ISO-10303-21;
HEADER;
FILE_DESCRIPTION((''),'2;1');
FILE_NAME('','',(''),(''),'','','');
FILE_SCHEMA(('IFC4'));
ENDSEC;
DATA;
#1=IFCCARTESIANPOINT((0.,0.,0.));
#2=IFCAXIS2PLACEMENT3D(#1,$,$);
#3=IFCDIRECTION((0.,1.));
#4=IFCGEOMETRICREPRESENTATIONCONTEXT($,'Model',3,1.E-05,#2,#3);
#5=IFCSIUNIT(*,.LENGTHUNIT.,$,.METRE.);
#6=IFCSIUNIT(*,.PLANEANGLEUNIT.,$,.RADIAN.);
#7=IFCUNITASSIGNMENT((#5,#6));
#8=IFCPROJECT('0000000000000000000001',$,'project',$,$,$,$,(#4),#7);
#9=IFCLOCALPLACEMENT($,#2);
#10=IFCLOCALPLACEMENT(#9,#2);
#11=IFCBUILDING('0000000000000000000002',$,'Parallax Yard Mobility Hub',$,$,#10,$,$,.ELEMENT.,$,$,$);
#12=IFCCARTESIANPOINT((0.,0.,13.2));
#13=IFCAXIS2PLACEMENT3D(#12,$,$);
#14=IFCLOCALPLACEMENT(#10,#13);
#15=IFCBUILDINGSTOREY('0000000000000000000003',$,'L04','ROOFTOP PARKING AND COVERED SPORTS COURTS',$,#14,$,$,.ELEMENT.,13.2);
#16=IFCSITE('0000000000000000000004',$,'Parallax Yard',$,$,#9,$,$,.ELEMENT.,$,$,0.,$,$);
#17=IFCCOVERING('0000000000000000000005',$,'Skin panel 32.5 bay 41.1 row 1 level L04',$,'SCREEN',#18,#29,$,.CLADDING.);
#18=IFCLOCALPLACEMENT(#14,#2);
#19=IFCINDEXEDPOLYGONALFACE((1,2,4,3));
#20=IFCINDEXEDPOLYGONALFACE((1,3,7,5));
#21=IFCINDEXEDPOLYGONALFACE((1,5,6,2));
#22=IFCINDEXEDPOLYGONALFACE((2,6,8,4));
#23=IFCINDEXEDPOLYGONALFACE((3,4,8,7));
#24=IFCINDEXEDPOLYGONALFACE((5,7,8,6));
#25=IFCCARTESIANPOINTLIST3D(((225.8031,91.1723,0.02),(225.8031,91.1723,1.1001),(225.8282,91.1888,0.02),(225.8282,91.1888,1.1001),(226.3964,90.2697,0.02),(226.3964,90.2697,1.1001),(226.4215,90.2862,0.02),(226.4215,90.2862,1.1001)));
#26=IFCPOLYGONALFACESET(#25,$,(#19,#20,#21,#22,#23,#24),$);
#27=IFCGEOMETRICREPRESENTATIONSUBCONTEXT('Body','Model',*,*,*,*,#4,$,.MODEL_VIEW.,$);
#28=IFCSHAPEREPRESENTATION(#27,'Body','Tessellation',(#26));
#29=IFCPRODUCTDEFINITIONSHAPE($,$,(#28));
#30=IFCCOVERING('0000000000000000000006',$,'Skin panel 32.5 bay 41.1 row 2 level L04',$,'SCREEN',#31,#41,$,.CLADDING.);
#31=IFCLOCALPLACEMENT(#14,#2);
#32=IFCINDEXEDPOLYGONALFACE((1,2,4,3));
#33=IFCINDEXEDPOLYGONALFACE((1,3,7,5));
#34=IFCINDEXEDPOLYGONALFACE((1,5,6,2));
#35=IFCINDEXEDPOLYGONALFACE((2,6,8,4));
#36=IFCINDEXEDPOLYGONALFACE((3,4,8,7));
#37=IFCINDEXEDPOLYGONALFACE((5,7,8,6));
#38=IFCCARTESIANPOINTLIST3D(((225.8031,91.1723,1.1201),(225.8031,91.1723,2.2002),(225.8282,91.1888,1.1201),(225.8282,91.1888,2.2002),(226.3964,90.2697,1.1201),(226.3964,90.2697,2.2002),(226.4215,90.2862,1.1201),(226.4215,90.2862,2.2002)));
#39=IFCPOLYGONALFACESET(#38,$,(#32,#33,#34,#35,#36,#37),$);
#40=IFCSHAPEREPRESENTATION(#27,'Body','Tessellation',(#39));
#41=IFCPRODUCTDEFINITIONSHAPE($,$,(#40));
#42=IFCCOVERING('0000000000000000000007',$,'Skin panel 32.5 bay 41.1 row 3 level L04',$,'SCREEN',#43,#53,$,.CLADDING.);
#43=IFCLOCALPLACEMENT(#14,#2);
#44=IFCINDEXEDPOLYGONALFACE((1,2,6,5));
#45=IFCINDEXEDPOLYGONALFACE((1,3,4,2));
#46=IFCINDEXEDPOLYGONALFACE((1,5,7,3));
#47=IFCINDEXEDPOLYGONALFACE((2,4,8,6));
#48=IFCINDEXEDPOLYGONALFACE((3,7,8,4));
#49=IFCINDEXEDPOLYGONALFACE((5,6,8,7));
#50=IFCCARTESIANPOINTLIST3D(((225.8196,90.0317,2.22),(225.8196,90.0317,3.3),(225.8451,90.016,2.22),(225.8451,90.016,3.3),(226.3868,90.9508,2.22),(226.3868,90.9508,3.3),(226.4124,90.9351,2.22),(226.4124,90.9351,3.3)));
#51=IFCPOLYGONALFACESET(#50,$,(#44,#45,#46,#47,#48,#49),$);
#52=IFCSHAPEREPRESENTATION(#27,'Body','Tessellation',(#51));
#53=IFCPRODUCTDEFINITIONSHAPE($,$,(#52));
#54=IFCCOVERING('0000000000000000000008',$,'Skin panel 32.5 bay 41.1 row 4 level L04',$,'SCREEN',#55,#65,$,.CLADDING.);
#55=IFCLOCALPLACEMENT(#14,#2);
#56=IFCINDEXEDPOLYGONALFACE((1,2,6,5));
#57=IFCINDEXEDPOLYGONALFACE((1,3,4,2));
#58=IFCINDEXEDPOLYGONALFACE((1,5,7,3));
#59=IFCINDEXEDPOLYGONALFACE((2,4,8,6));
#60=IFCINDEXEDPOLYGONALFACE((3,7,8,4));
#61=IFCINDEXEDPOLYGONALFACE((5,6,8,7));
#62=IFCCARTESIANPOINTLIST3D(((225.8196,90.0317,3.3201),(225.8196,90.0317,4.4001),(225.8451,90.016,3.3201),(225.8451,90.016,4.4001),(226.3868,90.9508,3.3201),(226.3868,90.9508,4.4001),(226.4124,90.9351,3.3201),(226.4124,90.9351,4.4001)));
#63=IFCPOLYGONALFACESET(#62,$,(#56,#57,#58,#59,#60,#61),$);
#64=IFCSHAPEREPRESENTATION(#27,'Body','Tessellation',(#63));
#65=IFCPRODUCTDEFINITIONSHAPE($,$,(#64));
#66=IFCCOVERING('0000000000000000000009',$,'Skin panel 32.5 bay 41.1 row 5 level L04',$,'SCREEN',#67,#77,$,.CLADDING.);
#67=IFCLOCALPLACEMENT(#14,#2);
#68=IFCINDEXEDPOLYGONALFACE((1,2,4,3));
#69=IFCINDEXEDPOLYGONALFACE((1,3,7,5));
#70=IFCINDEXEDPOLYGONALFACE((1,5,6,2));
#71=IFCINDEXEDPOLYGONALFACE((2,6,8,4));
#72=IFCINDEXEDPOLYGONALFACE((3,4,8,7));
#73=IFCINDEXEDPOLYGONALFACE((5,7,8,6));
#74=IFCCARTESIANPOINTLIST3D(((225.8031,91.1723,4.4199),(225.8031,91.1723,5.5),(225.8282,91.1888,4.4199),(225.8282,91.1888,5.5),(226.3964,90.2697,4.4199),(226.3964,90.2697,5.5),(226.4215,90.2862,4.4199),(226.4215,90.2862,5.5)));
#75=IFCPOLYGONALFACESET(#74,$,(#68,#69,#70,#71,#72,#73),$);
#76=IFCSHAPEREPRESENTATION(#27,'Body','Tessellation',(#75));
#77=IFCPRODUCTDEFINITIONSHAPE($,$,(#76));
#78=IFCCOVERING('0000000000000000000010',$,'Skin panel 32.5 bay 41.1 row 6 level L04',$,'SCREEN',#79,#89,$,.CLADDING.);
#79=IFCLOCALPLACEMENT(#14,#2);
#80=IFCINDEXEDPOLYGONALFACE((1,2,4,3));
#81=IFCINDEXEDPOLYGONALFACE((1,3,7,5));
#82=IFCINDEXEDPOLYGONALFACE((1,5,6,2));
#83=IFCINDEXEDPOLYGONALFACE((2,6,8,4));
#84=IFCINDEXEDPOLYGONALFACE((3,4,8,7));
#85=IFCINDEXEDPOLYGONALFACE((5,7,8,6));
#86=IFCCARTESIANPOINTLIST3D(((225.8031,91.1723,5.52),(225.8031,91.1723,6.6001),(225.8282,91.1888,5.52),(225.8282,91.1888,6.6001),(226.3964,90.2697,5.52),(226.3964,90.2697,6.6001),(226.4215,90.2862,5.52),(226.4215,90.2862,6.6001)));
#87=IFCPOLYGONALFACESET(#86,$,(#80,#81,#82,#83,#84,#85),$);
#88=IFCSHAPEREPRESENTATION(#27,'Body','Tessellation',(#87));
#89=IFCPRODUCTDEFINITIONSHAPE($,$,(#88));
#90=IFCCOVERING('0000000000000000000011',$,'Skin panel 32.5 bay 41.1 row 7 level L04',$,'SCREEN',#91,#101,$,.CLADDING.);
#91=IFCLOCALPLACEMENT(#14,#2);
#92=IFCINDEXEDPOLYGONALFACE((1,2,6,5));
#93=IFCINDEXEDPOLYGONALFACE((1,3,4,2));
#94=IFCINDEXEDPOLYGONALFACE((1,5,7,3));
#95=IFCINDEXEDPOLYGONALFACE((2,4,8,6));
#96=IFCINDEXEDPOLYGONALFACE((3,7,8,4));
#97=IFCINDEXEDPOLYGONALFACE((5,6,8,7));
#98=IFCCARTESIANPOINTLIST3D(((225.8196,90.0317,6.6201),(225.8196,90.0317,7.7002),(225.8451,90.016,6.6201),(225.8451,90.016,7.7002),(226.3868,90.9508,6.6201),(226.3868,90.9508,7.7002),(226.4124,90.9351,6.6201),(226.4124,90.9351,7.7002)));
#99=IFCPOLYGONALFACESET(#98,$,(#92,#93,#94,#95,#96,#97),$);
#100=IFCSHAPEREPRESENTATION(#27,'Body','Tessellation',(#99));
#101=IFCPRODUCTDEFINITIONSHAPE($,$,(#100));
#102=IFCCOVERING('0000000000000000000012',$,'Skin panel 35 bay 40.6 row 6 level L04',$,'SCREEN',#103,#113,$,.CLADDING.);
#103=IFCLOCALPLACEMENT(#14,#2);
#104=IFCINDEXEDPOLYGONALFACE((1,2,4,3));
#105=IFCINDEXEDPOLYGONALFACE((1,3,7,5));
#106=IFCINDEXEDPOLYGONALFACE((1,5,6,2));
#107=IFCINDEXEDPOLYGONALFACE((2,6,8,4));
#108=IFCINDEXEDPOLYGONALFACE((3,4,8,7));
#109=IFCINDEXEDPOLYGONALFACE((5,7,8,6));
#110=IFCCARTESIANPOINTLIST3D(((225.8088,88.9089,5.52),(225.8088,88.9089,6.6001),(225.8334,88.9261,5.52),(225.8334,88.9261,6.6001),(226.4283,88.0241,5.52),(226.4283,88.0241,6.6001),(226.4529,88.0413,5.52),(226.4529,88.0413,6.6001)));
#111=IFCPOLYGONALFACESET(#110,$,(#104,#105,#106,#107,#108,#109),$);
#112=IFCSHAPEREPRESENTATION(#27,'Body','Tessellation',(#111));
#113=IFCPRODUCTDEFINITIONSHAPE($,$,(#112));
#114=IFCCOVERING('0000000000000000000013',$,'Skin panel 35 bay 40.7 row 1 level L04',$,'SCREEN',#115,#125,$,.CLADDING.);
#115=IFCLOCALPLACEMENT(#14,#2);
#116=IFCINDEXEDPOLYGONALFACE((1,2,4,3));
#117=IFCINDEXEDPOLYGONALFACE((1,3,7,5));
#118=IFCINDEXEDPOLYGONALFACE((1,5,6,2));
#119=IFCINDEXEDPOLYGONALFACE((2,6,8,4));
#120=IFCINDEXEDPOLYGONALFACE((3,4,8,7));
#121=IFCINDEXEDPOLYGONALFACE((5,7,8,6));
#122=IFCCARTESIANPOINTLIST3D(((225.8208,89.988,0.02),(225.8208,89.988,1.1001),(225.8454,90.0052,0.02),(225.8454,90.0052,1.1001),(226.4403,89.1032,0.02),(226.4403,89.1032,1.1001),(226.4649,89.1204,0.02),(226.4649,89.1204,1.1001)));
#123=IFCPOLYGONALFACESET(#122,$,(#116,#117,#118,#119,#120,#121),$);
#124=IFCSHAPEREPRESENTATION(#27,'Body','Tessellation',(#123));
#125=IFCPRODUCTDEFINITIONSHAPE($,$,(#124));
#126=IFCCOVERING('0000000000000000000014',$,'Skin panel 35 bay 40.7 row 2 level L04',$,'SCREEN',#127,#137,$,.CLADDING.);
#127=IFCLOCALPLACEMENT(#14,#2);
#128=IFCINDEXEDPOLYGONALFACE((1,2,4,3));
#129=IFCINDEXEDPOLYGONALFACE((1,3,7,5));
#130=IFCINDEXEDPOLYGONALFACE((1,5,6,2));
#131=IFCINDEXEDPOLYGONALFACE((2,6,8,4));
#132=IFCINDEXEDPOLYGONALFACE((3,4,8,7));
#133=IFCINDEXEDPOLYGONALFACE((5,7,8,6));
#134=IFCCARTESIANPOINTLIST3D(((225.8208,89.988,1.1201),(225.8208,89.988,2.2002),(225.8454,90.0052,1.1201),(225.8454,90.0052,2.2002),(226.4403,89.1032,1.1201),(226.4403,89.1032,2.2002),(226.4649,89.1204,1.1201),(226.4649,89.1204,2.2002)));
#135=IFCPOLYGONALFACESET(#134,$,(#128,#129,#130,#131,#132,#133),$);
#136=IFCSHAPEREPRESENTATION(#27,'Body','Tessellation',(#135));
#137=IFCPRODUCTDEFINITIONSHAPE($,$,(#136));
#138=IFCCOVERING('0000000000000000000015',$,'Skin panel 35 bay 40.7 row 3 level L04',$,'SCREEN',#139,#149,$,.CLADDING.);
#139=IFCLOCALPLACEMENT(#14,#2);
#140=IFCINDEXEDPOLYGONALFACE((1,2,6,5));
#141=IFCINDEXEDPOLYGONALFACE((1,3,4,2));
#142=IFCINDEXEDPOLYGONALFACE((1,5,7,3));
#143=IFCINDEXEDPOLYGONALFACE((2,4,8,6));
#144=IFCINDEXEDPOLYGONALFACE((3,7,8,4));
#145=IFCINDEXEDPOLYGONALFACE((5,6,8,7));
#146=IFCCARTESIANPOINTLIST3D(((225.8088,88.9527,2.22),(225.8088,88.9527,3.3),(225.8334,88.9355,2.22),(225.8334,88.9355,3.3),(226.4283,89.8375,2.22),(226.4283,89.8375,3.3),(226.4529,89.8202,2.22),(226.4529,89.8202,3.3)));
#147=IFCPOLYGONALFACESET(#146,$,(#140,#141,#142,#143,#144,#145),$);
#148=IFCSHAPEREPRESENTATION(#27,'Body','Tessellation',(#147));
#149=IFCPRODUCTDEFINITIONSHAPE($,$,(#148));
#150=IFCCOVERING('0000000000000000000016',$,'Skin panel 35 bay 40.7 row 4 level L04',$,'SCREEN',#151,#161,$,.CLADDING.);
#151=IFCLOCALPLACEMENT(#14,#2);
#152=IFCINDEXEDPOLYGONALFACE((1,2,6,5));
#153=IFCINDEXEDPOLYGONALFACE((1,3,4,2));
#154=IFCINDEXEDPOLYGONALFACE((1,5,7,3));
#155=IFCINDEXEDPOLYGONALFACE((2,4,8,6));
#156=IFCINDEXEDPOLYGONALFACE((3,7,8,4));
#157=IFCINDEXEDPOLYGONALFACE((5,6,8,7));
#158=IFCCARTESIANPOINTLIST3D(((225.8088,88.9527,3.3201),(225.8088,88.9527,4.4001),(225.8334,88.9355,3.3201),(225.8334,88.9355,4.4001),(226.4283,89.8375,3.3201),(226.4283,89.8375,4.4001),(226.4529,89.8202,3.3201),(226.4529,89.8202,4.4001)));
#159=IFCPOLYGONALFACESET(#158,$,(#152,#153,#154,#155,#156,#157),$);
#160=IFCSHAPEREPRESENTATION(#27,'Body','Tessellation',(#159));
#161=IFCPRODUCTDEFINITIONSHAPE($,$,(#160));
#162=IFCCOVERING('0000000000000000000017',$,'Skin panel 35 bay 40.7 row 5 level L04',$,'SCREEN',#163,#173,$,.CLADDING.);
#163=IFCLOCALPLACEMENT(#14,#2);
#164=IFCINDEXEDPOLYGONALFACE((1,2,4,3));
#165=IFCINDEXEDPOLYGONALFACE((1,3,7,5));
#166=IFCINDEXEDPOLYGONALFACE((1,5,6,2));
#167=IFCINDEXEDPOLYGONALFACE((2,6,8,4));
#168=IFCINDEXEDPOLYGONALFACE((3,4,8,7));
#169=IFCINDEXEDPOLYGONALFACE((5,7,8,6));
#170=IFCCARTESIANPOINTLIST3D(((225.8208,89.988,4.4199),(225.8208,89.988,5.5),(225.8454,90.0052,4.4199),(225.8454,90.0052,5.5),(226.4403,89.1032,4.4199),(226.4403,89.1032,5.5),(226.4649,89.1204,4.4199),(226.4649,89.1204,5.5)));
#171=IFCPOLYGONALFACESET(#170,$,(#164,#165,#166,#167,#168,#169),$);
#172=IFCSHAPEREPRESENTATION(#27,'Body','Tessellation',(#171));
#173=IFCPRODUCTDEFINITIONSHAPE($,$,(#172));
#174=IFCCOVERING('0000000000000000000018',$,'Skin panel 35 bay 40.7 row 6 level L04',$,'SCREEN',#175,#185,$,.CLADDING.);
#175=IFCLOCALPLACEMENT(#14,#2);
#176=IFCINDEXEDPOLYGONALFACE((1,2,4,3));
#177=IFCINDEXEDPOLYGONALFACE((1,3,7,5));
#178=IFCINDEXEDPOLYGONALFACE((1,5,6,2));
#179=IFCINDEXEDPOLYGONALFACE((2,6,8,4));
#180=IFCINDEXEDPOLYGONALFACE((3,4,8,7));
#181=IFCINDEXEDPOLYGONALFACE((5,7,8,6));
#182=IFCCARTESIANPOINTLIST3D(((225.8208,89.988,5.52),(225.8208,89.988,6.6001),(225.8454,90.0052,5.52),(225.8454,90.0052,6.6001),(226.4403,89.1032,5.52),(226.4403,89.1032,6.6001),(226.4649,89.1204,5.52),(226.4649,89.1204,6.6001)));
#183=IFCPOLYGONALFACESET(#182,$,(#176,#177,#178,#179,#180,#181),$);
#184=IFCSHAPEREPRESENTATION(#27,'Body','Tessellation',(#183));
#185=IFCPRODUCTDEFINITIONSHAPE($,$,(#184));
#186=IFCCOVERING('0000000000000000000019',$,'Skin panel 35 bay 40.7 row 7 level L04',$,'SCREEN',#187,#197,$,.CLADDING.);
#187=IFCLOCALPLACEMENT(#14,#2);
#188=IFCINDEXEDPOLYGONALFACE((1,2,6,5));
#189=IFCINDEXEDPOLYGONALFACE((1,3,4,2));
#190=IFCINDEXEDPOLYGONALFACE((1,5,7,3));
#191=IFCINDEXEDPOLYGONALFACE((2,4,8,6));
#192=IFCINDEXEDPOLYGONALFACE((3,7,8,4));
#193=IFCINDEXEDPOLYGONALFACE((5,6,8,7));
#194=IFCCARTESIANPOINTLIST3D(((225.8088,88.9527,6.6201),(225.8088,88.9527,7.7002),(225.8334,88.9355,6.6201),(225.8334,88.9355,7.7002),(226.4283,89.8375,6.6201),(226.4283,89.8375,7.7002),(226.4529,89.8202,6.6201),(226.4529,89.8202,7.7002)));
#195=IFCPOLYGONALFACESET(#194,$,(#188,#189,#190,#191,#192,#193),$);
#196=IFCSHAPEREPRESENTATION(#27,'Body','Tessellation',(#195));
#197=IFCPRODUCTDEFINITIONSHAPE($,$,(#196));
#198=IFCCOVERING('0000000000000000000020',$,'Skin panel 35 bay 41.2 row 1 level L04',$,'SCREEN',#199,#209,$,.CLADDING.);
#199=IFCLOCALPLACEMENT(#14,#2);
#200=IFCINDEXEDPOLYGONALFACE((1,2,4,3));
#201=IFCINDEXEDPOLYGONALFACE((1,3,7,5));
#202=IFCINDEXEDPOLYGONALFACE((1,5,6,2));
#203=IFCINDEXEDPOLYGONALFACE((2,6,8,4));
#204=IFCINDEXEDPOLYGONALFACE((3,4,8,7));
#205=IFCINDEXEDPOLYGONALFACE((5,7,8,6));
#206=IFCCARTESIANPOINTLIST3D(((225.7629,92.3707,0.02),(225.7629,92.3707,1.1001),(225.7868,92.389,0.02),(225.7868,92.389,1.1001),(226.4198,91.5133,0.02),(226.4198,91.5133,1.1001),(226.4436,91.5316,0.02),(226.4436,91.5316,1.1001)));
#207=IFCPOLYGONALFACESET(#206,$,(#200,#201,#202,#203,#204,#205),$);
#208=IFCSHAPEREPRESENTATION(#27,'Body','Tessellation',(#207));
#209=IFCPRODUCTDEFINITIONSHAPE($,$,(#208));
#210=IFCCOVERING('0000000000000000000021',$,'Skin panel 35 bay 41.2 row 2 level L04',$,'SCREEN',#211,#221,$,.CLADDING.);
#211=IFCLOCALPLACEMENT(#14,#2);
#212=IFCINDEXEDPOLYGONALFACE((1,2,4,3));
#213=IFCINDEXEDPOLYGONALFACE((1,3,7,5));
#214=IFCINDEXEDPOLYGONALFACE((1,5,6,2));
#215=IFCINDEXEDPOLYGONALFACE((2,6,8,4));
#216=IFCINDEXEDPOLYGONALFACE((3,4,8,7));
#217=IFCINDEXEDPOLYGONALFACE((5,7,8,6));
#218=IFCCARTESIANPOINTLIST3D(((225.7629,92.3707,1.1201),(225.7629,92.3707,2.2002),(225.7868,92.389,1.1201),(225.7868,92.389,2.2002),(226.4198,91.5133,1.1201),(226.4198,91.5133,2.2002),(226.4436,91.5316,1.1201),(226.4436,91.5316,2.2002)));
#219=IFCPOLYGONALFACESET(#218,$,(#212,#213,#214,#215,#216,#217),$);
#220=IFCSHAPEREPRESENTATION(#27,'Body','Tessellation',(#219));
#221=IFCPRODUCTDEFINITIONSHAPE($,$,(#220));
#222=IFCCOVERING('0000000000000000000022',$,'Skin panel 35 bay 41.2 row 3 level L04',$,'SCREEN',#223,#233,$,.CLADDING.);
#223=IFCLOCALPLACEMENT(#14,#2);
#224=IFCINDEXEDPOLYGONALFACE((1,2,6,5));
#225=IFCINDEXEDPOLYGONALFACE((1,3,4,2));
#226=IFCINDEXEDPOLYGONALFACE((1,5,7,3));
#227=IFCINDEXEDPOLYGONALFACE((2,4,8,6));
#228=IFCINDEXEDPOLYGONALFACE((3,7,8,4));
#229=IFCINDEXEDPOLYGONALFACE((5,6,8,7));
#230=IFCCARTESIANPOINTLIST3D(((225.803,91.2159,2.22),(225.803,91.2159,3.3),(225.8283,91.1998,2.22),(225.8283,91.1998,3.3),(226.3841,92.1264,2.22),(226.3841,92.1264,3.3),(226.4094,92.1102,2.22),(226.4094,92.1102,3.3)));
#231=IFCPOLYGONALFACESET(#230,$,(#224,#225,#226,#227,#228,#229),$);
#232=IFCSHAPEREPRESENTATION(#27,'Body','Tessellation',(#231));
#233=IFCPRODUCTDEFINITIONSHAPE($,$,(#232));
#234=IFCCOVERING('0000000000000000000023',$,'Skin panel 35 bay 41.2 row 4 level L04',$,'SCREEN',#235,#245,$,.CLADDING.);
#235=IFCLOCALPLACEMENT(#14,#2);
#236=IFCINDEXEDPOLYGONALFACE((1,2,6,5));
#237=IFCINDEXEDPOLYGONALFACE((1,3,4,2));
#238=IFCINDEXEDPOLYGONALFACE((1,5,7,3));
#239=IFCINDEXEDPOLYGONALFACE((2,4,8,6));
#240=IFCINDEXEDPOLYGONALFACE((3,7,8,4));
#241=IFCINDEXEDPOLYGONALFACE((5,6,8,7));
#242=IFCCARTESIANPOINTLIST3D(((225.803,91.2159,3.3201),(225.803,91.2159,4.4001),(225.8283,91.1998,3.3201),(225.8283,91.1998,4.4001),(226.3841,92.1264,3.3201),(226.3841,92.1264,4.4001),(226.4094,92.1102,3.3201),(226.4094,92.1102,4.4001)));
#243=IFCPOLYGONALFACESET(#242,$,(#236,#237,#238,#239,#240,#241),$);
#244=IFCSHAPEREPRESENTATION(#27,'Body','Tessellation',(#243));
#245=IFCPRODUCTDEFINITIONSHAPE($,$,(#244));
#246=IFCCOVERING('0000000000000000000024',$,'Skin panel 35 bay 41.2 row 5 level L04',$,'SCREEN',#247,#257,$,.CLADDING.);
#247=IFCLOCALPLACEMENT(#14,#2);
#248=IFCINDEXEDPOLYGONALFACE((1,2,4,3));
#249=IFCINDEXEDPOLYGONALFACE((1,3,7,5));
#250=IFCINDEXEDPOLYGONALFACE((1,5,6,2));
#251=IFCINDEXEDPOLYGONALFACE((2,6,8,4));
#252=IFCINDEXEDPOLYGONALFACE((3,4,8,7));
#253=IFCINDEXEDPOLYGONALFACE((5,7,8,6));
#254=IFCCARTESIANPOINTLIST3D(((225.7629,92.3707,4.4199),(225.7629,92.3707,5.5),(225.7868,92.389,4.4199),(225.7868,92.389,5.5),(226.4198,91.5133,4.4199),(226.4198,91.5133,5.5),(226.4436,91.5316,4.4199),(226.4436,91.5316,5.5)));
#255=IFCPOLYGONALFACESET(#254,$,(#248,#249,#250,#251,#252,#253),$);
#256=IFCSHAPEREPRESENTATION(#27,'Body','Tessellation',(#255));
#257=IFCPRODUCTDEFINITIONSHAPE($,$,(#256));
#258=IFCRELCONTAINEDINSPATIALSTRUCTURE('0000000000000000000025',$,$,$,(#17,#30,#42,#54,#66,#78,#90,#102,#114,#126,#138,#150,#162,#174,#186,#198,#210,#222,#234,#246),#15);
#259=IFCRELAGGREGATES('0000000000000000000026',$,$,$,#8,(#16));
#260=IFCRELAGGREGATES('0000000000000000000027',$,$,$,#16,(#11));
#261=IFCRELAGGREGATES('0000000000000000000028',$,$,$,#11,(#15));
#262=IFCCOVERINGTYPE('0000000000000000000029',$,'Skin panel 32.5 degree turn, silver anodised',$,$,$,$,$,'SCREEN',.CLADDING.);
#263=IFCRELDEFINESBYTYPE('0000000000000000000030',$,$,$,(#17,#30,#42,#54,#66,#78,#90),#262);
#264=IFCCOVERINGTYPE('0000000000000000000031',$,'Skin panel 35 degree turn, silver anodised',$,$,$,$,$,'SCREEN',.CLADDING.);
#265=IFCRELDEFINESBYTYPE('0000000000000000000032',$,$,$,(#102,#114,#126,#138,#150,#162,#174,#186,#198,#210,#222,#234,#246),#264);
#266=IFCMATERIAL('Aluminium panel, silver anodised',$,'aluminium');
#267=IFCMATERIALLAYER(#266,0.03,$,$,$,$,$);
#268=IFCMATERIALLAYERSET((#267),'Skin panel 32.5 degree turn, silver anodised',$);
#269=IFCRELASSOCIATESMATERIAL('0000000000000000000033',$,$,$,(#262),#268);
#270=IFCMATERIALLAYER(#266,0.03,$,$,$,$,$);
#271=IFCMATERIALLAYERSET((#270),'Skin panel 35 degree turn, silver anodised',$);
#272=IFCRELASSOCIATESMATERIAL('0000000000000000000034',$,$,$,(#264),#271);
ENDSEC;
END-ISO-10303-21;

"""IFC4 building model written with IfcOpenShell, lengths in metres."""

from ifc_helpers import new_model, si_unit, direction, frame, origin, origin_2d, place, context, subcontext, project, spatial, rectangle, extrude, material, layer, layer_set, type_object, element, save


model = new_model("IFC4")

# Units and contexts
model_context = context("Model", 3, precision=1e-05, world=origin(), true_north=direction((0.0, 1.0)))
body_context = subcontext(model_context, "Body", "Model", "MODEL_VIEW")
ifc_project = project(units=[si_unit("LENGTHUNIT", "METRE"), si_unit("PLANEANGLEUNIT", "RADIAN")], contexts=[model_context])

# Site, building, storey
site_placement = place(None, origin())
site = spatial("IfcSite", under=ifc_project, at=site_placement, Name="Parallax Yard", CompositionType="ELEMENT", RefElevation=0.0)
building_placement = place(site_placement, origin())
building = spatial("IfcBuilding", under=site, at=building_placement, Name="Parallax Yard Mobility Hub", CompositionType="ELEMENT")
storey_placement = place(building_placement, frame((0.0, 0.0, 13.2)))
storey = spatial("IfcBuildingStorey", under=building, at=storey_placement, Name="L04", Description="ROOFTOP PARKING AND COVERED SPORTS COURTS", CompositionType="ELEMENT", Elevation=13.2)

# Coverings
ifc_material_1 = material(Name="Aluminium panel, silver anodised", Category="aluminium")
ifc_layer_1 = layer(ifc_material_1, 0.03)
ifc_layer_set_1 = layer_set([ifc_layer_1], Name="Skin panel 32.5 degree turn, silver anodised")
covering_type_1 = type_object("IfcCoveringType", Name="Skin panel 32.5 degree turn, silver anodised", ElementType="SCREEN", PredefinedType="CLADDING", material=ifc_layer_set_1)
for number, where, z_axis, x_axis, name in (
    (1, (226.1123, 90.7292, 0.02), (0.0, 0.0, 1.0), (0.549288, -0.835633, 0.0), "Skin panel 32.5 bay 41.1 row 1 level L04"),
    (2, (226.1123, 90.7292, 1.1201), (0.0, 0.0, 1.0), (0.549288, -0.835633, 0.0), "Skin panel 32.5 bay 41.1 row 2 level L04"),
    (3, (226.116, 90.4834, 2.22), (0.0, 0.0, 1.0), (0.525201, 0.850978, 0.0), "Skin panel 32.5 bay 41.1 row 3 level L04"),
    (4, (226.116, 90.4834, 3.3201), (0.0, 0.0, 1.0), (0.525201, 0.850978, 0.0), "Skin panel 32.5 bay 41.1 row 4 level L04"),
    (5, (226.1123, 90.7292, 4.4199), (0.0, 0.0, 1.0), (0.549288, -0.835633, 0.0), "Skin panel 32.5 bay 41.1 row 5 level L04"),
    (6, (226.1123, 90.7292, 5.52), (0.0, 0.0, 1.0), (0.549288, -0.835633, 0.0), "Skin panel 32.5 bay 41.1 row 6 level L04"),
    (7, (226.116, 90.4834, 6.6201), (0.0, 0.0, 1.0), (0.525201, 0.850978, 0.0), "Skin panel 32.5 bay 41.1 row 7 level L04"),
):
    element("IfcCovering", number, at=place(storey_placement, frame(where, z_axis=z_axis, x_axis=x_axis)), inside=storey, type_object=covering_type_1, Name=name, ObjectType="SCREEN", PredefinedType="CLADDING", context=body_context, shape_type="SweptSolid", body=[
        extrude(rectangle(XDim=1.0801, YDim=0.03, at=origin_2d()), origin(), (0.0, 0.0, 1.0), 1.0801),
    ])
ifc_layer_2 = layer(ifc_material_1, 0.03)
ifc_layer_set_2 = layer_set([ifc_layer_2], Name="Skin panel 35 degree turn, silver anodised")
covering_type_2 = type_object("IfcCoveringType", Name="Skin panel 35 degree turn, silver anodised", ElementType="SCREEN", PredefinedType="CLADDING", material=ifc_layer_set_2)
for number, where, z_axis, x_axis, name in (
    (8, (226.1309, 88.4751, 5.52), (0.0, 0.0, 1.0), (0.573576, -0.819152, 0.0), "Skin panel 35 bay 40.6 row 6 level L04"),
    (9, (226.1428, 89.5542, 0.02), (0.0, 0.0, 1.0), (0.573576, -0.819152, 0.0), "Skin panel 35 bay 40.7 row 1 level L04"),
    (10, (226.1428, 89.5542, 1.1201), (0.0, 0.0, 1.0), (0.573576, -0.819152, 0.0), "Skin panel 35 bay 40.7 row 2 level L04"),
    (11, (226.1309, 89.3865, 2.22), (0.0, 0.0, 1.0), (0.573576, 0.819152, 0.0), "Skin panel 35 bay 40.7 row 3 level L04"),
    (12, (226.1309, 89.3865, 3.3201), (0.0, 0.0, 1.0), (0.573576, 0.819152, 0.0), "Skin panel 35 bay 40.7 row 4 level L04"),
    (13, (226.1428, 89.5542, 4.4199), (0.0, 0.0, 1.0), (0.573576, -0.819152, 0.0), "Skin panel 35 bay 40.7 row 5 level L04"),
    (14, (226.1428, 89.5542, 5.52), (0.0, 0.0, 1.0), (0.573576, -0.819152, 0.0), "Skin panel 35 bay 40.7 row 6 level L04"),
    (15, (226.1309, 89.3865, 6.6201), (0.0, 0.0, 1.0), (0.573576, 0.819152, 0.0), "Skin panel 35 bay 40.7 row 7 level L04"),
    (16, (226.1033, 91.9512, 0.02), (0.0, 0.0, 1.0), (0.608131, -0.793837, 0.0), "Skin panel 35 bay 41.2 row 1 level L04"),
    (17, (226.1033, 91.9512, 1.1201), (0.0, 0.0, 1.0), (0.608131, -0.793837, 0.0), "Skin panel 35 bay 41.2 row 2 level L04"),
    (18, (226.1062, 91.6631, 2.22), (0.0, 0.0, 1.0), (0.537969, 0.842964, 0.0), "Skin panel 35 bay 41.2 row 3 level L04"),
    (19, (226.1062, 91.6631, 3.3201), (0.0, 0.0, 1.0), (0.537969, 0.842964, 0.0), "Skin panel 35 bay 41.2 row 4 level L04"),
    (20, (226.1033, 91.9512, 4.4199), (0.0, 0.0, 1.0), (0.608131, -0.793837, 0.0), "Skin panel 35 bay 41.2 row 5 level L04"),
):
    element("IfcCovering", number, at=place(storey_placement, frame(where, z_axis=z_axis, x_axis=x_axis)), inside=storey, type_object=covering_type_2, Name=name, ObjectType="SCREEN", PredefinedType="CLADDING", context=body_context, shape_type="SweptSolid", body=[
        extrude(rectangle(XDim=1.0801, YDim=0.03, at=origin_2d()), origin(), (0.0, 0.0, 1.0), 1.0801),
    ])

save(model, "model.ifc")
